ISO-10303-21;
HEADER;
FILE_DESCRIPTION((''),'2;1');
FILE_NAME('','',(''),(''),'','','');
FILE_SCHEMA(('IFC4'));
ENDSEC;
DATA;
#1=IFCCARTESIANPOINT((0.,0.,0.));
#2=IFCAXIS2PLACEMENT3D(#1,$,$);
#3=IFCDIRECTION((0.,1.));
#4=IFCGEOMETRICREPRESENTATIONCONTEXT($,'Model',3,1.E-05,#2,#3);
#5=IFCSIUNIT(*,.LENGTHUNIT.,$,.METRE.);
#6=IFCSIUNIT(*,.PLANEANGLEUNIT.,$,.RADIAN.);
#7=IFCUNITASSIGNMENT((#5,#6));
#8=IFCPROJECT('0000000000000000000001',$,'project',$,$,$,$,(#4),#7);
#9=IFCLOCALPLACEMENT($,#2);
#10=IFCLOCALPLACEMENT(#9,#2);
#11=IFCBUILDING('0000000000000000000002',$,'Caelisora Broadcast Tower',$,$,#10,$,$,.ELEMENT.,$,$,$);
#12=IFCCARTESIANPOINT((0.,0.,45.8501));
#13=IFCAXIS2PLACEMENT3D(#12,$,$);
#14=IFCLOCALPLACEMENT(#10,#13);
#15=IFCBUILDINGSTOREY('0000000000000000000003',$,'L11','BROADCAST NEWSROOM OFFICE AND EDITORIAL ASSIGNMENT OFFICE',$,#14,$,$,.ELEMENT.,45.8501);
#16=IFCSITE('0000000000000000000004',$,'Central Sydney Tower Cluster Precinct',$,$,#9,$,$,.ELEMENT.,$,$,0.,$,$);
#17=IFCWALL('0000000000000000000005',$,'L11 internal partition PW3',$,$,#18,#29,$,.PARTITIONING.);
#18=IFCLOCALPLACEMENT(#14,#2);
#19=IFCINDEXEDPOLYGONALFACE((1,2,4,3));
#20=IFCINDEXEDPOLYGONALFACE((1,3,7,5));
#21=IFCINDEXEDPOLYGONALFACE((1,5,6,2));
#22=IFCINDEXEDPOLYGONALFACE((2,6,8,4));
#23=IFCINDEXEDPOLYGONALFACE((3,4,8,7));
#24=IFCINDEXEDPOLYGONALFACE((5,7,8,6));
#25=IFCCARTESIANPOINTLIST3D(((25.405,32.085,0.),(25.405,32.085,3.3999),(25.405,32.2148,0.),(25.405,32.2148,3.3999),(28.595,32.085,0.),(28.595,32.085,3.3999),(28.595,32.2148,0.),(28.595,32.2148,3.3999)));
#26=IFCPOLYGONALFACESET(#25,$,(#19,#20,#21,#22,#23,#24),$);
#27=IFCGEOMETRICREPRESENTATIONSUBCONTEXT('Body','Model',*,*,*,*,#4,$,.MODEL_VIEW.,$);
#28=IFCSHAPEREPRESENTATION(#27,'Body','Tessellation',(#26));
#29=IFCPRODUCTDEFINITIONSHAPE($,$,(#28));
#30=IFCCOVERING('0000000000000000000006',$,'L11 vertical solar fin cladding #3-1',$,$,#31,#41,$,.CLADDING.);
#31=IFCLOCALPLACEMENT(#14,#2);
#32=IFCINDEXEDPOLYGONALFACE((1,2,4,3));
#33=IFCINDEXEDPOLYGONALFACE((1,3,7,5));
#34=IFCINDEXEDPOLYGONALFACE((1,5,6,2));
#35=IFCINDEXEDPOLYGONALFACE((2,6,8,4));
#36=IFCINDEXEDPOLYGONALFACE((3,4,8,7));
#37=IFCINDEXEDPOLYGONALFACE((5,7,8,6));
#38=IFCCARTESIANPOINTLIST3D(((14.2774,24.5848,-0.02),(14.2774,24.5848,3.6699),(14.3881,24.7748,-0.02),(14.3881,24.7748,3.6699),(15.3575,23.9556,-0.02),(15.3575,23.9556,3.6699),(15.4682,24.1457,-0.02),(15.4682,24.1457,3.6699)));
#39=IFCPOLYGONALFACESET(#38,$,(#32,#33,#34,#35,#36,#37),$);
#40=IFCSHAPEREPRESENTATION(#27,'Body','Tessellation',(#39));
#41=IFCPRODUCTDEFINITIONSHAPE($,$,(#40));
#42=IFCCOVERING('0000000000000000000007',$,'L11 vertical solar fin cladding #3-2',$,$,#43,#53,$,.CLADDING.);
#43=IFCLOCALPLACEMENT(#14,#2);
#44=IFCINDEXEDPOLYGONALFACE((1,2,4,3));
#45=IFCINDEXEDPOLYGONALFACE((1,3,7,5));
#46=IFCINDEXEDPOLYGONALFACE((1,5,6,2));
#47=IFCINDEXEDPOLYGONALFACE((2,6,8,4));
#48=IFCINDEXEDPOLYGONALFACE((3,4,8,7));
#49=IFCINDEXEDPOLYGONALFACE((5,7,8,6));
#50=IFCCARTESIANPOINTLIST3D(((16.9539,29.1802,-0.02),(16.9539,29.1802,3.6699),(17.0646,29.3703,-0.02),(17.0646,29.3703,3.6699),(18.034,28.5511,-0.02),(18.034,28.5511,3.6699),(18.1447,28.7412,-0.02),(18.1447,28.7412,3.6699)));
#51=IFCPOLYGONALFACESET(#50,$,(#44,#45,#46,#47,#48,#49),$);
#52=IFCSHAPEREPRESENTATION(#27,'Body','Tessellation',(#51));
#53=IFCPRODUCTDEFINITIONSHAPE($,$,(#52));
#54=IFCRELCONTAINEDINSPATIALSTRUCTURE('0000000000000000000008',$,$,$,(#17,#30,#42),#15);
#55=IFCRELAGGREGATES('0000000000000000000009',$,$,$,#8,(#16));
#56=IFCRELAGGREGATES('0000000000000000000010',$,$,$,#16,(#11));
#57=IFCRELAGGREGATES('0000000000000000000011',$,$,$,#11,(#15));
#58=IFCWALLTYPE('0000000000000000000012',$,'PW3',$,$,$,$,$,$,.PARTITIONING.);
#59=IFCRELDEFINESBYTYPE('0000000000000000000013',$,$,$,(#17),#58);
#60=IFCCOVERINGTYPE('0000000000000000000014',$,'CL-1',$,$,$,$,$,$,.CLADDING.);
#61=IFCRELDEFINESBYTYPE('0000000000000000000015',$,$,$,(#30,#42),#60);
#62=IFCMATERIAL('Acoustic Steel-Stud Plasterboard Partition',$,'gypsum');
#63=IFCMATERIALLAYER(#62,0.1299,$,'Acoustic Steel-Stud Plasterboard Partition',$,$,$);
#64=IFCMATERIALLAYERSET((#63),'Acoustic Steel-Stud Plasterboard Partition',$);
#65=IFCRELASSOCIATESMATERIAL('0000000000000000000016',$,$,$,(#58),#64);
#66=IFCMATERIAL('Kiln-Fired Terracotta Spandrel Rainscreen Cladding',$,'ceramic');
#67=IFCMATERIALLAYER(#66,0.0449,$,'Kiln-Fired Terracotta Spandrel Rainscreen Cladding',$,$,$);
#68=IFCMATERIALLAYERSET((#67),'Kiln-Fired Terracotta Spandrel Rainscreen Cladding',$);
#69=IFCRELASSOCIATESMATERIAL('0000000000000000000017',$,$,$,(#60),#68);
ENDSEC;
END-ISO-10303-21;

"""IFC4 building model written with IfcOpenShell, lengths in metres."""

from ifc_helpers import new_model, si_unit, direction, frame, frame_2d, origin, origin_2d, place, context, subcontext, project, spatial, rectangle, extrude, source, transform, mapped, material, layer, layer_set, type_object, type_shapes, element, save


model = new_model("IFC4")

# Units and contexts
model_context = context("Model", 3, precision=1e-05, world=origin(), true_north=direction((0.0, 1.0)))
body_context = subcontext(model_context, "Body", "Model", "MODEL_VIEW")
ifc_project = project(units=[si_unit("LENGTHUNIT", "METRE"), si_unit("PLANEANGLEUNIT", "RADIAN")], contexts=[model_context])

# Site, building, storey
site_placement = place(None, origin())
site = spatial("IfcSite", under=ifc_project, at=site_placement, Name="Central Sydney Tower Cluster Precinct", CompositionType="ELEMENT", RefElevation=0.0)
building_placement = place(site_placement, origin())
building = spatial("IfcBuilding", under=site, at=building_placement, Name="Caelisora Broadcast Tower", CompositionType="ELEMENT")
storey_placement = place(building_placement, frame((0.0, 0.0, 45.8501)))
storey = spatial("IfcBuildingStorey", under=building, at=storey_placement, Name="L11", Description="BROADCAST NEWSROOM OFFICE AND EDITORIAL ASSIGNMENT OFFICE", CompositionType="ELEMENT", Elevation=45.8501)

# Shared definitions
ifc_material_1 = material(Name="Acoustic Steel-Stud Plasterboard Partition", Category="gypsum")
ifc_layer_1 = layer(ifc_material_1, 0.1299, Name="Acoustic Steel-Stud Plasterboard Partition")
ifc_layer_set_1 = layer_set([ifc_layer_1], Name="Acoustic Steel-Stud Plasterboard Partition")
wall_type = type_object("IfcWallType", Name="PW3", PredefinedType="PARTITIONING", material=ifc_layer_set_1)

# Wall
wall_1_placement = place(storey_placement, frame((25.405, 32.1499, 0.0), z_axis=(0.0, 0.0, 1.0), x_axis=(1.0, 0.0, 0.0)))
element("IfcWall", 1, at=wall_1_placement, inside=storey, type_object=wall_type, Name="L11 internal partition PW3", PredefinedType="PARTITIONING", context=body_context, shape_type="SweptSolid", body=[
    extrude(rectangle(XDim=3.1899, YDim=0.1299, at=frame_2d((1.595, 0.0))), origin(), (0.0, 0.0, 1.0), 3.3999),
])

# Coverings
ifc_material_2 = material(Name="Kiln-Fired Terracotta Spandrel Rainscreen Cladding", Category="ceramic")
ifc_layer_2 = layer(ifc_material_2, 0.0449, Name="Kiln-Fired Terracotta Spandrel Rainscreen Cladding")
ifc_layer_set_2 = layer_set([ifc_layer_2], Name="Kiln-Fired Terracotta Spandrel Rainscreen Cladding")
covering_type = type_object("IfcCoveringType", Name="CL-1", PredefinedType="CLADDING", material=ifc_layer_set_2)
shared_shape_1 = source(origin(), body_context, "Body", "SweptSolid", [
    extrude(rectangle(XDim=0.22, YDim=1.25, at=origin_2d()), origin(), (0.0, 0.0, 1.0), 3.6899),
])
type_shapes(covering_type, [shared_shape_1])
for number, where, z_axis, x_axis, name in (
    (2, (14.8728, 24.3652, -0.02), (0.0, 0.0, 1.0), (0.503322, 0.864099, 0.0), "L11 vertical solar fin cladding #3-1"),
    (3, (17.5493, 28.9607, -0.02), (0.0, 0.0, 1.0), (0.503322, 0.864099, 0.0), "L11 vertical solar fin cladding #3-2"),
):
    element("IfcCovering", number, at=place(storey_placement, frame(where, z_axis=z_axis, x_axis=x_axis)), inside=storey, type_object=covering_type, Name=name, PredefinedType="CLADDING", context=body_context, shape_type="MappedRepresentation", body=[
        mapped(shared_shape_1, transform((0.0, 0.0, 0.0), scale=1.0)),
    ])

save(model, "model.ifc")
